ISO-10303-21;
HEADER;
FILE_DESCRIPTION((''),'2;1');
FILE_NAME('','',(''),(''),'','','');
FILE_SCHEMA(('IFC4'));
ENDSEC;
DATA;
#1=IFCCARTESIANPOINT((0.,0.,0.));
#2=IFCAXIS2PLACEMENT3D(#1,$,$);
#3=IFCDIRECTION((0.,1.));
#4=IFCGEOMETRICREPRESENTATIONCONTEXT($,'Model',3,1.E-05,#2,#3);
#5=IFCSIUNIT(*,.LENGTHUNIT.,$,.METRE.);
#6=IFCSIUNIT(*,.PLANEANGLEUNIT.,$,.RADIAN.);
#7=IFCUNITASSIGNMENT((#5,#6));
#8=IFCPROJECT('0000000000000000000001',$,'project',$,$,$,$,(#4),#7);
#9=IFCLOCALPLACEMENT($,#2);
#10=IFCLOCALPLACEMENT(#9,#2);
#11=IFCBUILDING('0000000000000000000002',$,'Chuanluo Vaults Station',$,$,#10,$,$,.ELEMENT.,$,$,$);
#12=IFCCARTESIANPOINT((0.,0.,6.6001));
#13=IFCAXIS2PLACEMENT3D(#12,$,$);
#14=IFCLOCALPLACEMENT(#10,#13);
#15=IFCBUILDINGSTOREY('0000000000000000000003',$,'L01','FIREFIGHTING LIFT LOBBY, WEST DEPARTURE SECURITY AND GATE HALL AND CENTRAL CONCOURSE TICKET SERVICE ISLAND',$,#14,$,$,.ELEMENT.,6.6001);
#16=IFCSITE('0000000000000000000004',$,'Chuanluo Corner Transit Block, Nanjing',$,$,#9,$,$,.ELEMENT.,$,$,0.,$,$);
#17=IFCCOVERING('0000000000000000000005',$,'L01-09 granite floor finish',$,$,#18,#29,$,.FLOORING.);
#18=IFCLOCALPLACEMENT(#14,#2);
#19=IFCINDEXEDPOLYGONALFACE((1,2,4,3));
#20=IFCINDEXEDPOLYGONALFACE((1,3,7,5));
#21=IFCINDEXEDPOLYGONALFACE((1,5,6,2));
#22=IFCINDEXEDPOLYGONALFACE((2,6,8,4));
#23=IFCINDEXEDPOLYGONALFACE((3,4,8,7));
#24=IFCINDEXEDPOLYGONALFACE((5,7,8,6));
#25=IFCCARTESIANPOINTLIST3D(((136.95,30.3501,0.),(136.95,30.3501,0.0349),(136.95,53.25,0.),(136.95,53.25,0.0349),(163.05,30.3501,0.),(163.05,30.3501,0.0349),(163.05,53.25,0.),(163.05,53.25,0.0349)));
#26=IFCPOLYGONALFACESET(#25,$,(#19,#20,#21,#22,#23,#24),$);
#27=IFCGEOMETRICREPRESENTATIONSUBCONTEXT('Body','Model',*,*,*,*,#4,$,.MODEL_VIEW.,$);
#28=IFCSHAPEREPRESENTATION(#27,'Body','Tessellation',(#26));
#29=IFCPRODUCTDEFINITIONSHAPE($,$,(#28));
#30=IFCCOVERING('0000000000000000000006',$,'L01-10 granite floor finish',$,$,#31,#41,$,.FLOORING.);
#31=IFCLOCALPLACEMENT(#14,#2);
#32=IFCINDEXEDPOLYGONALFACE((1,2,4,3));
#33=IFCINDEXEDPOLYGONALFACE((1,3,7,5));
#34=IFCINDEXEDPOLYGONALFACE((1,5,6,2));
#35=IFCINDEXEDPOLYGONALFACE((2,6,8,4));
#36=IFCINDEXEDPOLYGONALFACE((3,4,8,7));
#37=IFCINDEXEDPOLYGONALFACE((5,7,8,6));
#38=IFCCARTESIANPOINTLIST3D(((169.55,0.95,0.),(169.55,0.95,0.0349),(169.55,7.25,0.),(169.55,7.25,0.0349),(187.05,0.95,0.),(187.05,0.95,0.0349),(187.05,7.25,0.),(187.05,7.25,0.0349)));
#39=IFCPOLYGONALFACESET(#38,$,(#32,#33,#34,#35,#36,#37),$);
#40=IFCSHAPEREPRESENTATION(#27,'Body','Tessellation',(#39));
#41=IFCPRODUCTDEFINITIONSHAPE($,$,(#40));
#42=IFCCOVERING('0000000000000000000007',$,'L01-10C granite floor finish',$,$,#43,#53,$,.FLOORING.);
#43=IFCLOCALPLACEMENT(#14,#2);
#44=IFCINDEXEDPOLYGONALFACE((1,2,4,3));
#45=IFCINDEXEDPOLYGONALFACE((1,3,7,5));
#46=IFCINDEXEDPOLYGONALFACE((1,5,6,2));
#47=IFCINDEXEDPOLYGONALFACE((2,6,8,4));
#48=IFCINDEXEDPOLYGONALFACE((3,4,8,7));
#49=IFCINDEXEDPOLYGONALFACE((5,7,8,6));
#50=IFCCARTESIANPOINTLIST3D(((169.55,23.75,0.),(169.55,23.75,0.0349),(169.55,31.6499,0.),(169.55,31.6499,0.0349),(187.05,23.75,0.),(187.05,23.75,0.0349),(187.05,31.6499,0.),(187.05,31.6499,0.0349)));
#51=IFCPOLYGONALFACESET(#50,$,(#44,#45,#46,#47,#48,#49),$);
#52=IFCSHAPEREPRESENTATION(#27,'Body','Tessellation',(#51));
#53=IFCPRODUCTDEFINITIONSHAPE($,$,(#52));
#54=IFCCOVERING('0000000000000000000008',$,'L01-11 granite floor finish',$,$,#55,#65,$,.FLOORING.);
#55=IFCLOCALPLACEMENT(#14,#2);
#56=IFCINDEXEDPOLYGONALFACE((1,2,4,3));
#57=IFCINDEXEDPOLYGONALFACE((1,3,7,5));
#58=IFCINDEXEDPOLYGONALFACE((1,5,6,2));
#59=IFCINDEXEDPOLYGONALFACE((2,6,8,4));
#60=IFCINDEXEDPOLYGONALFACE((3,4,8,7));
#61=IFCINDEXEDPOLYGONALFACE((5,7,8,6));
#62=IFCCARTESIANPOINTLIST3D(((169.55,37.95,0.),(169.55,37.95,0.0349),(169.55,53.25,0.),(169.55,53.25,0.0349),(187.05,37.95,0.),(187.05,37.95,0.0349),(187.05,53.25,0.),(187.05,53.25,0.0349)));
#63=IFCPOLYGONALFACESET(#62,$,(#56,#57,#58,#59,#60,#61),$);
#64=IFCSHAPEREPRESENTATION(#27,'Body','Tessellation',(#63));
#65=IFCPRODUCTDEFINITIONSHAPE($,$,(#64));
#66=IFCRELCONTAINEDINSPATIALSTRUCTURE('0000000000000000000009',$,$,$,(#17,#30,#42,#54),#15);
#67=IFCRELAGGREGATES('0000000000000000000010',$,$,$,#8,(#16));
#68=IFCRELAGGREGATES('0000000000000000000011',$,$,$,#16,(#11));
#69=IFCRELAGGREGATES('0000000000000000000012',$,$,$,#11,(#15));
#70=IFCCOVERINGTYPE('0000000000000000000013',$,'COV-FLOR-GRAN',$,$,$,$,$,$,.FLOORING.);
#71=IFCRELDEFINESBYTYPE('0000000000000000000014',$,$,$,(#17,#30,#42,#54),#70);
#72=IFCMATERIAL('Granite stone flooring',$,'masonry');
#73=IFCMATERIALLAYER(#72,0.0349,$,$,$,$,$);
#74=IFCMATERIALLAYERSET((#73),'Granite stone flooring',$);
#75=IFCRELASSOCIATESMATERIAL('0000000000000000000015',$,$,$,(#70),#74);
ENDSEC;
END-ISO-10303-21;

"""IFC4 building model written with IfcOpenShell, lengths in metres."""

from ifc_helpers import new_model, si_unit, direction, frame, origin, place, context, subcontext, project, spatial, polyline, outline, extrude, material, layer, layer_set, type_object, element, save


model = new_model("IFC4")

# Units and contexts
model_context = context("Model", 3, precision=1e-05, world=origin(), true_north=direction((0.0, 1.0)))
body_context = subcontext(model_context, "Body", "Model", "MODEL_VIEW")
ifc_project = project(units=[si_unit("LENGTHUNIT", "METRE"), si_unit("PLANEANGLEUNIT", "RADIAN")], contexts=[model_context])

# Site, building, storey
site_placement = place(None, origin())
site = spatial("IfcSite", under=ifc_project, at=site_placement, Name="Chuanluo Corner Transit Block, Nanjing", CompositionType="ELEMENT", RefElevation=0.0)
building_placement = place(site_placement, origin())
building = spatial("IfcBuilding", under=site, at=building_placement, Name="Chuanluo Vaults Station", CompositionType="ELEMENT")
storey_placement = place(building_placement, frame((0.0, 0.0, 6.6001)))
storey = spatial("IfcBuildingStorey", under=building, at=storey_placement, Name="L01", Description="FIREFIGHTING LIFT LOBBY, WEST DEPARTURE SECURITY AND GATE HALL AND CENTRAL CONCOURSE TICKET SERVICE ISLAND", CompositionType="ELEMENT", Elevation=6.6001)

# Coverings
ifc_material_1 = material(Name="Granite stone flooring", Category="masonry")
ifc_layer_1 = layer(ifc_material_1, 0.0349)
ifc_layer_set_1 = layer_set([ifc_layer_1], Name="Granite stone flooring")
covering_type_1 = type_object("IfcCoveringType", Name="COV-FLOR-GRAN", PredefinedType="FLOORING", material=ifc_layer_set_1)
covering_1_placement = place(storey_placement, origin())
element("IfcCovering", 1, at=covering_1_placement, inside=storey, type_object=covering_type_1, Name="L01-09 granite floor finish", PredefinedType="FLOORING", context=body_context, shape_type="SweptSolid", body=[
    extrude(outline(polyline([(136.95, 30.3501), (163.05, 30.3501), (163.05, 53.25), (136.95, 53.25), (136.95, 30.3501)])), origin(), (0.0, 0.0, 1.0), 0.0349),
])
covering_2_placement = place(storey_placement, origin())
element("IfcCovering", 2, at=covering_2_placement, inside=storey, type_object=covering_type_1, Name="L01-10 granite floor finish", PredefinedType="FLOORING", context=body_context, shape_type="SweptSolid", body=[
    extrude(outline(polyline([(169.55, 0.95), (187.05, 0.95), (187.05, 7.25), (169.55, 7.25), (169.55, 0.95)])), origin(), (0.0, 0.0, 1.0), 0.0349),
])
covering_3_placement = place(storey_placement, origin())
element("IfcCovering", 3, at=covering_3_placement, inside=storey, type_object=covering_type_1, Name="L01-10C granite floor finish", PredefinedType="FLOORING", context=body_context, shape_type="SweptSolid", body=[
    extrude(outline(polyline([(169.55, 23.75), (187.05, 23.75), (187.05, 31.6499), (169.55, 31.6499), (169.55, 23.75)])), origin(), (0.0, 0.0, 1.0), 0.0349),
])
covering_4_placement = place(storey_placement, origin())
element("IfcCovering", 4, at=covering_4_placement, inside=storey, type_object=covering_type_1, Name="L01-11 granite floor finish", PredefinedType="FLOORING", context=body_context, shape_type="SweptSolid", body=[
    extrude(outline(polyline([(169.55, 37.95), (187.05, 37.95), (187.05, 53.25), (169.55, 53.25), (169.55, 37.95)])), origin(), (0.0, 0.0, 1.0), 0.0349),
])

save(model, "model.ifc")
